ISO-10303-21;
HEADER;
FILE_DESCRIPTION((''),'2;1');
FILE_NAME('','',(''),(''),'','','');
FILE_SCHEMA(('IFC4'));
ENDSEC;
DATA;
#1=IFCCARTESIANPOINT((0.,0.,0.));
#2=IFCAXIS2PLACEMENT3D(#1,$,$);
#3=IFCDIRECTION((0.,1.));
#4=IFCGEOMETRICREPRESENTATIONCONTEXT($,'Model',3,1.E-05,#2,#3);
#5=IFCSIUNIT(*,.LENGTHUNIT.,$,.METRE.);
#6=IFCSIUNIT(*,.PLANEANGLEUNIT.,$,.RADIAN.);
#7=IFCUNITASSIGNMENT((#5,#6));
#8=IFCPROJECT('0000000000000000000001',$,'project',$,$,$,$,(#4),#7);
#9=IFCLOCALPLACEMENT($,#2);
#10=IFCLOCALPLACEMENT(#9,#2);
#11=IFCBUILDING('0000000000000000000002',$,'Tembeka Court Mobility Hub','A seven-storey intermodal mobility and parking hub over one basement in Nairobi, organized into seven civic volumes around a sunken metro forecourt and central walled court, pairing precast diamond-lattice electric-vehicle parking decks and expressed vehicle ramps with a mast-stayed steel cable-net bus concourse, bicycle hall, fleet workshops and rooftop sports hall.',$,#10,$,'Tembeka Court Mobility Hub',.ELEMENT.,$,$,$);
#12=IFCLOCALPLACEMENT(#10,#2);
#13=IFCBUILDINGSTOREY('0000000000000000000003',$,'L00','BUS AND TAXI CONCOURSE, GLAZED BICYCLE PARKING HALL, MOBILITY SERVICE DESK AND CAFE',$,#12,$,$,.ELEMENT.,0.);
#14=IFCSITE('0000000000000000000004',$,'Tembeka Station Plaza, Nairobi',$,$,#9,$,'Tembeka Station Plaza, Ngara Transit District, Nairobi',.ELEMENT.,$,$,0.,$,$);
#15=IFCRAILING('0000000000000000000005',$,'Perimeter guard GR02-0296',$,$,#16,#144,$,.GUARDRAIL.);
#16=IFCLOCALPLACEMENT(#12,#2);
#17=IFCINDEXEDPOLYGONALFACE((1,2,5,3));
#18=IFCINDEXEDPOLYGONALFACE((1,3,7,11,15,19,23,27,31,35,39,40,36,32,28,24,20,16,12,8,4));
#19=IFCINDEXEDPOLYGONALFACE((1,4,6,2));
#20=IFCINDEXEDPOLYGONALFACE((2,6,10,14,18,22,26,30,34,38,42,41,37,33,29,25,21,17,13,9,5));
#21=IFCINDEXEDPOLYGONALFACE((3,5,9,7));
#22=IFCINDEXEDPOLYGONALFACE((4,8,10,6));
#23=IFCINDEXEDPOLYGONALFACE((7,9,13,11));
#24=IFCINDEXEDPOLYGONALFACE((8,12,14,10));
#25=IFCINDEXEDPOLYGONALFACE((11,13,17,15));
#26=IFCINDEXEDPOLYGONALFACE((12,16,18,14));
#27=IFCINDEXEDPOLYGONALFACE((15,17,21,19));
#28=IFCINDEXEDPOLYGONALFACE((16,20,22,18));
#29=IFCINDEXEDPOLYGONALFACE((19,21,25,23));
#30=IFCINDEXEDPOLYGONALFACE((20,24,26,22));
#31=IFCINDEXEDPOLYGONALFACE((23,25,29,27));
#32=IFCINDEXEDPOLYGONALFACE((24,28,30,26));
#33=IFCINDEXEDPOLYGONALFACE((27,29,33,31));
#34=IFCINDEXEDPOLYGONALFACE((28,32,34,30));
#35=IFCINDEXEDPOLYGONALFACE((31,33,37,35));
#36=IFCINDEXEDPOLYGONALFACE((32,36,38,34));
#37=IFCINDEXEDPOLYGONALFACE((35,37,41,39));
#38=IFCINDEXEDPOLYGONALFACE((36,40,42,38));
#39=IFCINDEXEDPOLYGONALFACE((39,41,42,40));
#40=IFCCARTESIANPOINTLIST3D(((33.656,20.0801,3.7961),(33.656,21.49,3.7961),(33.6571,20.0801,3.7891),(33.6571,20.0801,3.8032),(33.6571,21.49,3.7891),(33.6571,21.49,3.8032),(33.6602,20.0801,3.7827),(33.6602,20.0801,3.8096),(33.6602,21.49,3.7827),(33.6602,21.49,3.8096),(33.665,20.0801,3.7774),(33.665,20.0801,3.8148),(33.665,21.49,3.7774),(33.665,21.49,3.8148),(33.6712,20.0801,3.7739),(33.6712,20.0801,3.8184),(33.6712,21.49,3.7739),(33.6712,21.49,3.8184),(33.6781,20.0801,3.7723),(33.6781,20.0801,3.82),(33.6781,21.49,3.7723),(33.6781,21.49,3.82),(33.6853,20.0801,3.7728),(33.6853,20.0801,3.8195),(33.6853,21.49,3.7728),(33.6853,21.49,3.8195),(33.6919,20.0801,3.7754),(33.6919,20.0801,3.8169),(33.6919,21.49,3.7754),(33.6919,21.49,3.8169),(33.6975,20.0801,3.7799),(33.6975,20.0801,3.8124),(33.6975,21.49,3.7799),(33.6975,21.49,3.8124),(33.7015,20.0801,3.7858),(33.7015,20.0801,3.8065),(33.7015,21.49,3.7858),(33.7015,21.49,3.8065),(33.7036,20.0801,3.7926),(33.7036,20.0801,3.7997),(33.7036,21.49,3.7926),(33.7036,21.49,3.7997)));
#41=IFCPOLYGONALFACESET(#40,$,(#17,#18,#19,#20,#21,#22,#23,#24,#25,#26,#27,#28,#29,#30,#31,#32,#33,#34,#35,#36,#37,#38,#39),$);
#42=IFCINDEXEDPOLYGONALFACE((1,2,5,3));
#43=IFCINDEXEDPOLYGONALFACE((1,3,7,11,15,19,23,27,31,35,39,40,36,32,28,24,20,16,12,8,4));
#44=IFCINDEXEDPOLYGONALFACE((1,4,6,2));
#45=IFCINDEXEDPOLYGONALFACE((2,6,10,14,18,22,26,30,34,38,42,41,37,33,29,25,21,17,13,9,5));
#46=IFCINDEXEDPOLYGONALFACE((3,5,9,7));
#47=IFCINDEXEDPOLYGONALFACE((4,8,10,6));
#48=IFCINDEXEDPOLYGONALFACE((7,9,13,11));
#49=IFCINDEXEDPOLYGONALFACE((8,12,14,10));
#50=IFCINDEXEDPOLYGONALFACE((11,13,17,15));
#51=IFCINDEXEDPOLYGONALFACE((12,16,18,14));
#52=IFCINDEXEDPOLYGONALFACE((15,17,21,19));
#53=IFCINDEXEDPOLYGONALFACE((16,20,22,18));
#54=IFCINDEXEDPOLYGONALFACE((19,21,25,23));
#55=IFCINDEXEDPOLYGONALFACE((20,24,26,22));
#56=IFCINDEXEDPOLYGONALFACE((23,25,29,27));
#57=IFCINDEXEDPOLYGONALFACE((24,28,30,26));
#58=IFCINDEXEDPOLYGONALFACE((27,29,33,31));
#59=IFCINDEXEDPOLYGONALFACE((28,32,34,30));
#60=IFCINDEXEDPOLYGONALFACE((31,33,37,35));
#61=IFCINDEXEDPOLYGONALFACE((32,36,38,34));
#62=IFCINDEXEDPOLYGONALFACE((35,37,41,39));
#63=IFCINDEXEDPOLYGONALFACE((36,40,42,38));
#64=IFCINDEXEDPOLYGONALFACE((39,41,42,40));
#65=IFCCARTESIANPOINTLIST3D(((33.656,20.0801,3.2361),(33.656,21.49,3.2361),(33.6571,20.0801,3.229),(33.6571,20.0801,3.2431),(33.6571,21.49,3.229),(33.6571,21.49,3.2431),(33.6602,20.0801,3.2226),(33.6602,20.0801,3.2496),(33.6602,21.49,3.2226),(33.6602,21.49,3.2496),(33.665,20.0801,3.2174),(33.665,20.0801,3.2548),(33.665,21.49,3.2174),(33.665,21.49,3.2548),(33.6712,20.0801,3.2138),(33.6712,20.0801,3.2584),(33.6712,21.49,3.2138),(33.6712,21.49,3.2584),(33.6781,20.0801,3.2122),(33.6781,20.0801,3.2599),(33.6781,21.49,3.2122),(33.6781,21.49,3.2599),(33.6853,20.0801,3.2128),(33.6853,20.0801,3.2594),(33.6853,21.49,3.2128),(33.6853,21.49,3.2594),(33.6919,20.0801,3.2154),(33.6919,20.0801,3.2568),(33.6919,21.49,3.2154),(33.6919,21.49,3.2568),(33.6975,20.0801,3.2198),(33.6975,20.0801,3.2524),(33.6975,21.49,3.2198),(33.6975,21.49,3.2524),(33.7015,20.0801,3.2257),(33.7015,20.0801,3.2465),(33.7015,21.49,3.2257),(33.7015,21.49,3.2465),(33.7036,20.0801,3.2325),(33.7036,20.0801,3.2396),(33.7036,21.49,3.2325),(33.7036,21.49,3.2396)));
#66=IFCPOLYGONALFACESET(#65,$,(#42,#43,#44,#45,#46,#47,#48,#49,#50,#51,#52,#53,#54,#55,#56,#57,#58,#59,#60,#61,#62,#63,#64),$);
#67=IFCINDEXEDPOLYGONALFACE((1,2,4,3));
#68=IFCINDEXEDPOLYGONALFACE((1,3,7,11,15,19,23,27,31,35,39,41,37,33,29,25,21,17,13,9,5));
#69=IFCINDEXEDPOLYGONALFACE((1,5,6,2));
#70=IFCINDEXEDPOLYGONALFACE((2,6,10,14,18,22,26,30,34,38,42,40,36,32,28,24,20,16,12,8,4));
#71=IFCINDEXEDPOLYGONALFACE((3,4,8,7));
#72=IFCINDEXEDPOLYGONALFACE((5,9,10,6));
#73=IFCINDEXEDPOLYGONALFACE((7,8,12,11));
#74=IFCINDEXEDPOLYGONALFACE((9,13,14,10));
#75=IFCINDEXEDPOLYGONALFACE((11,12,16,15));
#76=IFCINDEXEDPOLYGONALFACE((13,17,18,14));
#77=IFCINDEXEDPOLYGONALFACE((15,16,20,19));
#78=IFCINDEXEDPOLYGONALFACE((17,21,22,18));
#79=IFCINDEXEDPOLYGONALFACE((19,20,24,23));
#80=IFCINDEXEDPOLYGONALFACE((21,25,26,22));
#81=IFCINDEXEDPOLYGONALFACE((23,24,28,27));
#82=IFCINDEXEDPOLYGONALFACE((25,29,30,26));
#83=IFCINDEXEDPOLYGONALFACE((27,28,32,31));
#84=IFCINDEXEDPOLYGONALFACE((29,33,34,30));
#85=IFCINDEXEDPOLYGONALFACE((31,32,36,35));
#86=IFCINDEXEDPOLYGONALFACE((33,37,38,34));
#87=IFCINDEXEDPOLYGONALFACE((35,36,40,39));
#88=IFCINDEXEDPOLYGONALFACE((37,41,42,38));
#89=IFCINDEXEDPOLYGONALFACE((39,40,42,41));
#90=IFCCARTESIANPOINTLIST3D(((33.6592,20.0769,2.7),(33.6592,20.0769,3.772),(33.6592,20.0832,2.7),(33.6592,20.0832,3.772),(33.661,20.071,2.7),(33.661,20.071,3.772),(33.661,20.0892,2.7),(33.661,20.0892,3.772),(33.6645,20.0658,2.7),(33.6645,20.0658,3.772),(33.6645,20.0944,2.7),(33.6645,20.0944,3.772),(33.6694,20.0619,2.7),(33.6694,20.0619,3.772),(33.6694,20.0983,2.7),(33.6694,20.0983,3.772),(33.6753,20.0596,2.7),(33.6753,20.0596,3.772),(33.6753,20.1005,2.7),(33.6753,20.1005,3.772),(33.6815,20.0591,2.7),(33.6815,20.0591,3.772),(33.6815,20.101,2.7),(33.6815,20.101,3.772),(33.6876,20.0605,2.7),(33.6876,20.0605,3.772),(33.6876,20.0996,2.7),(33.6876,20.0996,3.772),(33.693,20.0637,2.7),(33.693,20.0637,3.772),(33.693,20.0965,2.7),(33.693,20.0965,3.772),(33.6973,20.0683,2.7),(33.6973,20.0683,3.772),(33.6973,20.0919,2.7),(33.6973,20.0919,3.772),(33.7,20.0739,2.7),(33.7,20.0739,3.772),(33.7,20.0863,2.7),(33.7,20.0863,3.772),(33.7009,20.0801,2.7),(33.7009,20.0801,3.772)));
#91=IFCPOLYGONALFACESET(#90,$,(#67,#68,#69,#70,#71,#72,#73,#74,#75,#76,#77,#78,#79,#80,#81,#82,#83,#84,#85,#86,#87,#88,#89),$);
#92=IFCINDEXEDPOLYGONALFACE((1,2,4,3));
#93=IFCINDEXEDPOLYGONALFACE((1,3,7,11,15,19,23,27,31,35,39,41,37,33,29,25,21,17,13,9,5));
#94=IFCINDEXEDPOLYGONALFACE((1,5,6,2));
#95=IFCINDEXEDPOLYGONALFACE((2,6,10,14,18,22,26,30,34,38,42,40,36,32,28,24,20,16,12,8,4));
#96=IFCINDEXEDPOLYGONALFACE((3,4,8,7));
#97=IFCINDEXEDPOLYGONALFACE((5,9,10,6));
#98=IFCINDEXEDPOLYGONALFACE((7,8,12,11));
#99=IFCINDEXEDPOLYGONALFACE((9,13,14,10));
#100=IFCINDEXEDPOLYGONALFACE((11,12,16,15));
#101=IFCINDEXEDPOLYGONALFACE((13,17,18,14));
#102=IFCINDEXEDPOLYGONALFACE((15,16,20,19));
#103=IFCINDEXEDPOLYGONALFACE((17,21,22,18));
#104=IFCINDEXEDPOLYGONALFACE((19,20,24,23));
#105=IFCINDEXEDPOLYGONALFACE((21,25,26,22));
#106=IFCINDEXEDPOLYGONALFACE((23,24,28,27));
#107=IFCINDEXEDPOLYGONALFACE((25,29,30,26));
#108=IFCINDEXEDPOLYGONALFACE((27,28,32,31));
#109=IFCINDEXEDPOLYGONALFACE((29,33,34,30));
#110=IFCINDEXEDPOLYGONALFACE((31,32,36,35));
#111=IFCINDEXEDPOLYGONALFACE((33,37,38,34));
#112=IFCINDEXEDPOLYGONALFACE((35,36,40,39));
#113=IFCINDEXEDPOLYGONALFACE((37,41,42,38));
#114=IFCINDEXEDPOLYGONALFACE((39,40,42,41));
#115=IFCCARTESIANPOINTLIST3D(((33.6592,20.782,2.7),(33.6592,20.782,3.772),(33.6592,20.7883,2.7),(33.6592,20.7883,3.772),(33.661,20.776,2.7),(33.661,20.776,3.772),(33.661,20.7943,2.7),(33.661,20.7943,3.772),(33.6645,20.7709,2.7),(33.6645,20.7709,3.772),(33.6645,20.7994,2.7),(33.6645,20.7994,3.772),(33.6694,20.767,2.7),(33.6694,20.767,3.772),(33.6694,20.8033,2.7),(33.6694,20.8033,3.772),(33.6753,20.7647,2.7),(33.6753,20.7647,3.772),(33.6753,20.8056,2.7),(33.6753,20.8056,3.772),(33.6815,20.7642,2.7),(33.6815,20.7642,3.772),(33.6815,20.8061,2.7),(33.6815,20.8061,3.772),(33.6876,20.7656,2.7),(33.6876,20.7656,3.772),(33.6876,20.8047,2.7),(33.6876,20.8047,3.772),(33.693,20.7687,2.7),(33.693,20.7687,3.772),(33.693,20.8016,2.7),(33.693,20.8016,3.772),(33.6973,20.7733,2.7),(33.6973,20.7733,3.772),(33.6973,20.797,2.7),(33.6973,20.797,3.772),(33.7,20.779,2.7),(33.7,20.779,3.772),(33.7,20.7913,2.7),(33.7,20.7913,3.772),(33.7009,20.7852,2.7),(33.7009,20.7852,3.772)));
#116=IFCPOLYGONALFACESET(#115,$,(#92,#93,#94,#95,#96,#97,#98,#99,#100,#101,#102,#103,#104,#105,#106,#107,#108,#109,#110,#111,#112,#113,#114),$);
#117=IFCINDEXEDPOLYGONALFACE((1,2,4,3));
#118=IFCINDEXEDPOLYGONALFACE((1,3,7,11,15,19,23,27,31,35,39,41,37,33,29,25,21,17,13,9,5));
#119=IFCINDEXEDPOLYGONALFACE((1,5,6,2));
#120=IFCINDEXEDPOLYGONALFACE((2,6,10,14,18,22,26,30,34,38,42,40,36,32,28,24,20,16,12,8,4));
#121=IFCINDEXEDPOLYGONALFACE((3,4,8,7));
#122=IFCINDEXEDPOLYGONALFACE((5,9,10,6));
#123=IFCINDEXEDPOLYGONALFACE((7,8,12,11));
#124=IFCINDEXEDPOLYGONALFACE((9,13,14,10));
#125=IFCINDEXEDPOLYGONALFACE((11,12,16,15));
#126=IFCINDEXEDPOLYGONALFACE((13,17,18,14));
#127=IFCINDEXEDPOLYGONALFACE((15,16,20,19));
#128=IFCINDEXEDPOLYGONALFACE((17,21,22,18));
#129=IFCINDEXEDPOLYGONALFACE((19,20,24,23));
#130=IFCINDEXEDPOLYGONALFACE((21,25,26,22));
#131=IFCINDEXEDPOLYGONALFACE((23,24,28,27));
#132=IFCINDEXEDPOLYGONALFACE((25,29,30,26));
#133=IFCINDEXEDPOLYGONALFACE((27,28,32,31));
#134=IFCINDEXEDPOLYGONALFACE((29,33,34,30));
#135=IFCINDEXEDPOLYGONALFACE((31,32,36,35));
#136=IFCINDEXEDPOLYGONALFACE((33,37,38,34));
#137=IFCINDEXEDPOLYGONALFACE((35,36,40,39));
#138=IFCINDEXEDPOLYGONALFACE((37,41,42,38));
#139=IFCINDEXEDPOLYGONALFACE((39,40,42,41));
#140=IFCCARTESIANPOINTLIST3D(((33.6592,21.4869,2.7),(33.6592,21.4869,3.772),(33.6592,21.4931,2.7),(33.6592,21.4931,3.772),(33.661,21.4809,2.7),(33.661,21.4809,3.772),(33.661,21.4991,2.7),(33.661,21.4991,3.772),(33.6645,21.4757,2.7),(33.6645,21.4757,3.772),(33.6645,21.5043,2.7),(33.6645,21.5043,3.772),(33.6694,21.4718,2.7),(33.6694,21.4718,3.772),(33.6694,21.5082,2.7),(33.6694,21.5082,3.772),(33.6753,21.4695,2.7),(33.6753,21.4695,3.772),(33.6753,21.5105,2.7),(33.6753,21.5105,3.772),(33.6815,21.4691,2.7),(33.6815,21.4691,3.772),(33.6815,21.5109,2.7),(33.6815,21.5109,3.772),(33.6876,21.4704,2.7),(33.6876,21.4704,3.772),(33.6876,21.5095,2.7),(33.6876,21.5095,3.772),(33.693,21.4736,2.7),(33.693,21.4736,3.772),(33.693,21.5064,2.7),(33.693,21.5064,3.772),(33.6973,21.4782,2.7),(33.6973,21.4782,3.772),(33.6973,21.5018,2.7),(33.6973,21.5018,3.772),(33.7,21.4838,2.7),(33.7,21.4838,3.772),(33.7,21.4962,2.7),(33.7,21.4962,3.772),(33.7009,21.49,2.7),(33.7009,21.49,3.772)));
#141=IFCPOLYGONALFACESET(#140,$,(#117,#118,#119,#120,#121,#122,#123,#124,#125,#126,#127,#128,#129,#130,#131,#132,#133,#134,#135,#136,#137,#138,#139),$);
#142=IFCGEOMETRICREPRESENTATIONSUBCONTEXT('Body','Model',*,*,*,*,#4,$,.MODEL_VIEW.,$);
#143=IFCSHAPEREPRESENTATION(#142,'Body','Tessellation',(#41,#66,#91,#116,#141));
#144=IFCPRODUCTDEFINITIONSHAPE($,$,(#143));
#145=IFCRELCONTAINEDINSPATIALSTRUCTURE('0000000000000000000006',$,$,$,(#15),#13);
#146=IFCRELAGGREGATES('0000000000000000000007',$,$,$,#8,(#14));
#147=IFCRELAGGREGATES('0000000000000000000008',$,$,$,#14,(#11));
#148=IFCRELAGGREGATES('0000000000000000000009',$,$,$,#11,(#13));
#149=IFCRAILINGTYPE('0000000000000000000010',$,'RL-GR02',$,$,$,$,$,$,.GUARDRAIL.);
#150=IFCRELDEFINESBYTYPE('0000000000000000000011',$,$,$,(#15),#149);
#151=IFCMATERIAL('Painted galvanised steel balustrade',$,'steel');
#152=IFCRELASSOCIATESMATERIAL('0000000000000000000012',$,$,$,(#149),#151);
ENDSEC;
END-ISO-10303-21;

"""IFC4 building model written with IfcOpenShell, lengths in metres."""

from ifc_helpers import new_model, si_unit, direction, frame, origin, origin_2d, place, context, subcontext, project, spatial, circle, extrude, material, type_object, element, save


model = new_model("IFC4")

# Units and contexts
model_context = context("Model", 3, precision=1e-05, world=origin(), true_north=direction((0.0, 1.0)))
body_context = subcontext(model_context, "Body", "Model", "MODEL_VIEW")
ifc_project = project(units=[si_unit("LENGTHUNIT", "METRE"), si_unit("PLANEANGLEUNIT", "RADIAN")], contexts=[model_context])

# Site, building, storey
site_placement = place(None, origin())
site = spatial("IfcSite", under=ifc_project, at=site_placement, Name="Tembeka Station Plaza, Nairobi", LongName="Tembeka Station Plaza, Ngara Transit District, Nairobi", CompositionType="ELEMENT", RefElevation=0.0)
building_placement = place(site_placement, origin())
building = spatial("IfcBuilding", under=site, at=building_placement, Name="Tembeka Court Mobility Hub", Description="A seven-storey intermodal mobility and parking hub over one basement in Nairobi, organized into seven civic volumes around a sunken metro forecourt and central walled court, pairing precast diamond-lattice electric-vehicle parking decks and expressed vehicle ramps with a mast-stayed steel cable-net bus concourse, bicycle hall, fleet workshops and rooftop sports hall.", LongName="Tembeka Court Mobility Hub", CompositionType="ELEMENT")
storey_placement = place(building_placement, origin())
storey = spatial("IfcBuildingStorey", under=building, at=storey_placement, Name="L00", Description="BUS AND TAXI CONCOURSE, GLAZED BICYCLE PARKING HALL, MOBILITY SERVICE DESK AND CAFE", CompositionType="ELEMENT", Elevation=0.0)

# Railing
ifc_material_1 = material(Name="Painted galvanised steel balustrade", Category="steel")
railing_type = type_object("IfcRailingType", Name="RL-GR02", PredefinedType="GUARDRAIL", material=ifc_material_1)
railing_1_placement = place(storey_placement, frame((33.6799, 20.0801, 2.7)))
element("IfcRailing", 1, at=railing_1_placement, inside=storey, type_object=railing_type, Name="Perimeter guard GR02-0296", PredefinedType="GUARDRAIL", context=body_context, shape_type="SweptSolid", body=[
    extrude(circle(Radius=0.0239, at=origin_2d()), frame((0.0, 0.0, 1.0962), z_axis=(0.0, 1.0, 0.0), x_axis=(-1.0, 0.0, 0.0)), (0.0, 0.0, 1.0), 1.4099),
    extrude(circle(Radius=0.0239, at=origin_2d()), frame((0.0, 0.0, 0.5361), z_axis=(0.0, 1.0, 0.0), x_axis=(-1.0, 0.0, 0.0)), (0.0, 0.0, 1.0), 1.4099),
    extrude(circle(Radius=0.021, at=origin_2d()), origin(), (0.0, 0.0, 1.0), 1.072),
    extrude(circle(Radius=0.021, at=origin_2d()), frame((0.0, 0.7051, 0.0)), (0.0, 0.0, 1.0), 1.072),
    extrude(circle(Radius=0.021, at=origin_2d()), frame((0.0, 1.4099, 0.0)), (0.0, 0.0, 1.0), 1.072),
])

save(model, "model.ifc")
